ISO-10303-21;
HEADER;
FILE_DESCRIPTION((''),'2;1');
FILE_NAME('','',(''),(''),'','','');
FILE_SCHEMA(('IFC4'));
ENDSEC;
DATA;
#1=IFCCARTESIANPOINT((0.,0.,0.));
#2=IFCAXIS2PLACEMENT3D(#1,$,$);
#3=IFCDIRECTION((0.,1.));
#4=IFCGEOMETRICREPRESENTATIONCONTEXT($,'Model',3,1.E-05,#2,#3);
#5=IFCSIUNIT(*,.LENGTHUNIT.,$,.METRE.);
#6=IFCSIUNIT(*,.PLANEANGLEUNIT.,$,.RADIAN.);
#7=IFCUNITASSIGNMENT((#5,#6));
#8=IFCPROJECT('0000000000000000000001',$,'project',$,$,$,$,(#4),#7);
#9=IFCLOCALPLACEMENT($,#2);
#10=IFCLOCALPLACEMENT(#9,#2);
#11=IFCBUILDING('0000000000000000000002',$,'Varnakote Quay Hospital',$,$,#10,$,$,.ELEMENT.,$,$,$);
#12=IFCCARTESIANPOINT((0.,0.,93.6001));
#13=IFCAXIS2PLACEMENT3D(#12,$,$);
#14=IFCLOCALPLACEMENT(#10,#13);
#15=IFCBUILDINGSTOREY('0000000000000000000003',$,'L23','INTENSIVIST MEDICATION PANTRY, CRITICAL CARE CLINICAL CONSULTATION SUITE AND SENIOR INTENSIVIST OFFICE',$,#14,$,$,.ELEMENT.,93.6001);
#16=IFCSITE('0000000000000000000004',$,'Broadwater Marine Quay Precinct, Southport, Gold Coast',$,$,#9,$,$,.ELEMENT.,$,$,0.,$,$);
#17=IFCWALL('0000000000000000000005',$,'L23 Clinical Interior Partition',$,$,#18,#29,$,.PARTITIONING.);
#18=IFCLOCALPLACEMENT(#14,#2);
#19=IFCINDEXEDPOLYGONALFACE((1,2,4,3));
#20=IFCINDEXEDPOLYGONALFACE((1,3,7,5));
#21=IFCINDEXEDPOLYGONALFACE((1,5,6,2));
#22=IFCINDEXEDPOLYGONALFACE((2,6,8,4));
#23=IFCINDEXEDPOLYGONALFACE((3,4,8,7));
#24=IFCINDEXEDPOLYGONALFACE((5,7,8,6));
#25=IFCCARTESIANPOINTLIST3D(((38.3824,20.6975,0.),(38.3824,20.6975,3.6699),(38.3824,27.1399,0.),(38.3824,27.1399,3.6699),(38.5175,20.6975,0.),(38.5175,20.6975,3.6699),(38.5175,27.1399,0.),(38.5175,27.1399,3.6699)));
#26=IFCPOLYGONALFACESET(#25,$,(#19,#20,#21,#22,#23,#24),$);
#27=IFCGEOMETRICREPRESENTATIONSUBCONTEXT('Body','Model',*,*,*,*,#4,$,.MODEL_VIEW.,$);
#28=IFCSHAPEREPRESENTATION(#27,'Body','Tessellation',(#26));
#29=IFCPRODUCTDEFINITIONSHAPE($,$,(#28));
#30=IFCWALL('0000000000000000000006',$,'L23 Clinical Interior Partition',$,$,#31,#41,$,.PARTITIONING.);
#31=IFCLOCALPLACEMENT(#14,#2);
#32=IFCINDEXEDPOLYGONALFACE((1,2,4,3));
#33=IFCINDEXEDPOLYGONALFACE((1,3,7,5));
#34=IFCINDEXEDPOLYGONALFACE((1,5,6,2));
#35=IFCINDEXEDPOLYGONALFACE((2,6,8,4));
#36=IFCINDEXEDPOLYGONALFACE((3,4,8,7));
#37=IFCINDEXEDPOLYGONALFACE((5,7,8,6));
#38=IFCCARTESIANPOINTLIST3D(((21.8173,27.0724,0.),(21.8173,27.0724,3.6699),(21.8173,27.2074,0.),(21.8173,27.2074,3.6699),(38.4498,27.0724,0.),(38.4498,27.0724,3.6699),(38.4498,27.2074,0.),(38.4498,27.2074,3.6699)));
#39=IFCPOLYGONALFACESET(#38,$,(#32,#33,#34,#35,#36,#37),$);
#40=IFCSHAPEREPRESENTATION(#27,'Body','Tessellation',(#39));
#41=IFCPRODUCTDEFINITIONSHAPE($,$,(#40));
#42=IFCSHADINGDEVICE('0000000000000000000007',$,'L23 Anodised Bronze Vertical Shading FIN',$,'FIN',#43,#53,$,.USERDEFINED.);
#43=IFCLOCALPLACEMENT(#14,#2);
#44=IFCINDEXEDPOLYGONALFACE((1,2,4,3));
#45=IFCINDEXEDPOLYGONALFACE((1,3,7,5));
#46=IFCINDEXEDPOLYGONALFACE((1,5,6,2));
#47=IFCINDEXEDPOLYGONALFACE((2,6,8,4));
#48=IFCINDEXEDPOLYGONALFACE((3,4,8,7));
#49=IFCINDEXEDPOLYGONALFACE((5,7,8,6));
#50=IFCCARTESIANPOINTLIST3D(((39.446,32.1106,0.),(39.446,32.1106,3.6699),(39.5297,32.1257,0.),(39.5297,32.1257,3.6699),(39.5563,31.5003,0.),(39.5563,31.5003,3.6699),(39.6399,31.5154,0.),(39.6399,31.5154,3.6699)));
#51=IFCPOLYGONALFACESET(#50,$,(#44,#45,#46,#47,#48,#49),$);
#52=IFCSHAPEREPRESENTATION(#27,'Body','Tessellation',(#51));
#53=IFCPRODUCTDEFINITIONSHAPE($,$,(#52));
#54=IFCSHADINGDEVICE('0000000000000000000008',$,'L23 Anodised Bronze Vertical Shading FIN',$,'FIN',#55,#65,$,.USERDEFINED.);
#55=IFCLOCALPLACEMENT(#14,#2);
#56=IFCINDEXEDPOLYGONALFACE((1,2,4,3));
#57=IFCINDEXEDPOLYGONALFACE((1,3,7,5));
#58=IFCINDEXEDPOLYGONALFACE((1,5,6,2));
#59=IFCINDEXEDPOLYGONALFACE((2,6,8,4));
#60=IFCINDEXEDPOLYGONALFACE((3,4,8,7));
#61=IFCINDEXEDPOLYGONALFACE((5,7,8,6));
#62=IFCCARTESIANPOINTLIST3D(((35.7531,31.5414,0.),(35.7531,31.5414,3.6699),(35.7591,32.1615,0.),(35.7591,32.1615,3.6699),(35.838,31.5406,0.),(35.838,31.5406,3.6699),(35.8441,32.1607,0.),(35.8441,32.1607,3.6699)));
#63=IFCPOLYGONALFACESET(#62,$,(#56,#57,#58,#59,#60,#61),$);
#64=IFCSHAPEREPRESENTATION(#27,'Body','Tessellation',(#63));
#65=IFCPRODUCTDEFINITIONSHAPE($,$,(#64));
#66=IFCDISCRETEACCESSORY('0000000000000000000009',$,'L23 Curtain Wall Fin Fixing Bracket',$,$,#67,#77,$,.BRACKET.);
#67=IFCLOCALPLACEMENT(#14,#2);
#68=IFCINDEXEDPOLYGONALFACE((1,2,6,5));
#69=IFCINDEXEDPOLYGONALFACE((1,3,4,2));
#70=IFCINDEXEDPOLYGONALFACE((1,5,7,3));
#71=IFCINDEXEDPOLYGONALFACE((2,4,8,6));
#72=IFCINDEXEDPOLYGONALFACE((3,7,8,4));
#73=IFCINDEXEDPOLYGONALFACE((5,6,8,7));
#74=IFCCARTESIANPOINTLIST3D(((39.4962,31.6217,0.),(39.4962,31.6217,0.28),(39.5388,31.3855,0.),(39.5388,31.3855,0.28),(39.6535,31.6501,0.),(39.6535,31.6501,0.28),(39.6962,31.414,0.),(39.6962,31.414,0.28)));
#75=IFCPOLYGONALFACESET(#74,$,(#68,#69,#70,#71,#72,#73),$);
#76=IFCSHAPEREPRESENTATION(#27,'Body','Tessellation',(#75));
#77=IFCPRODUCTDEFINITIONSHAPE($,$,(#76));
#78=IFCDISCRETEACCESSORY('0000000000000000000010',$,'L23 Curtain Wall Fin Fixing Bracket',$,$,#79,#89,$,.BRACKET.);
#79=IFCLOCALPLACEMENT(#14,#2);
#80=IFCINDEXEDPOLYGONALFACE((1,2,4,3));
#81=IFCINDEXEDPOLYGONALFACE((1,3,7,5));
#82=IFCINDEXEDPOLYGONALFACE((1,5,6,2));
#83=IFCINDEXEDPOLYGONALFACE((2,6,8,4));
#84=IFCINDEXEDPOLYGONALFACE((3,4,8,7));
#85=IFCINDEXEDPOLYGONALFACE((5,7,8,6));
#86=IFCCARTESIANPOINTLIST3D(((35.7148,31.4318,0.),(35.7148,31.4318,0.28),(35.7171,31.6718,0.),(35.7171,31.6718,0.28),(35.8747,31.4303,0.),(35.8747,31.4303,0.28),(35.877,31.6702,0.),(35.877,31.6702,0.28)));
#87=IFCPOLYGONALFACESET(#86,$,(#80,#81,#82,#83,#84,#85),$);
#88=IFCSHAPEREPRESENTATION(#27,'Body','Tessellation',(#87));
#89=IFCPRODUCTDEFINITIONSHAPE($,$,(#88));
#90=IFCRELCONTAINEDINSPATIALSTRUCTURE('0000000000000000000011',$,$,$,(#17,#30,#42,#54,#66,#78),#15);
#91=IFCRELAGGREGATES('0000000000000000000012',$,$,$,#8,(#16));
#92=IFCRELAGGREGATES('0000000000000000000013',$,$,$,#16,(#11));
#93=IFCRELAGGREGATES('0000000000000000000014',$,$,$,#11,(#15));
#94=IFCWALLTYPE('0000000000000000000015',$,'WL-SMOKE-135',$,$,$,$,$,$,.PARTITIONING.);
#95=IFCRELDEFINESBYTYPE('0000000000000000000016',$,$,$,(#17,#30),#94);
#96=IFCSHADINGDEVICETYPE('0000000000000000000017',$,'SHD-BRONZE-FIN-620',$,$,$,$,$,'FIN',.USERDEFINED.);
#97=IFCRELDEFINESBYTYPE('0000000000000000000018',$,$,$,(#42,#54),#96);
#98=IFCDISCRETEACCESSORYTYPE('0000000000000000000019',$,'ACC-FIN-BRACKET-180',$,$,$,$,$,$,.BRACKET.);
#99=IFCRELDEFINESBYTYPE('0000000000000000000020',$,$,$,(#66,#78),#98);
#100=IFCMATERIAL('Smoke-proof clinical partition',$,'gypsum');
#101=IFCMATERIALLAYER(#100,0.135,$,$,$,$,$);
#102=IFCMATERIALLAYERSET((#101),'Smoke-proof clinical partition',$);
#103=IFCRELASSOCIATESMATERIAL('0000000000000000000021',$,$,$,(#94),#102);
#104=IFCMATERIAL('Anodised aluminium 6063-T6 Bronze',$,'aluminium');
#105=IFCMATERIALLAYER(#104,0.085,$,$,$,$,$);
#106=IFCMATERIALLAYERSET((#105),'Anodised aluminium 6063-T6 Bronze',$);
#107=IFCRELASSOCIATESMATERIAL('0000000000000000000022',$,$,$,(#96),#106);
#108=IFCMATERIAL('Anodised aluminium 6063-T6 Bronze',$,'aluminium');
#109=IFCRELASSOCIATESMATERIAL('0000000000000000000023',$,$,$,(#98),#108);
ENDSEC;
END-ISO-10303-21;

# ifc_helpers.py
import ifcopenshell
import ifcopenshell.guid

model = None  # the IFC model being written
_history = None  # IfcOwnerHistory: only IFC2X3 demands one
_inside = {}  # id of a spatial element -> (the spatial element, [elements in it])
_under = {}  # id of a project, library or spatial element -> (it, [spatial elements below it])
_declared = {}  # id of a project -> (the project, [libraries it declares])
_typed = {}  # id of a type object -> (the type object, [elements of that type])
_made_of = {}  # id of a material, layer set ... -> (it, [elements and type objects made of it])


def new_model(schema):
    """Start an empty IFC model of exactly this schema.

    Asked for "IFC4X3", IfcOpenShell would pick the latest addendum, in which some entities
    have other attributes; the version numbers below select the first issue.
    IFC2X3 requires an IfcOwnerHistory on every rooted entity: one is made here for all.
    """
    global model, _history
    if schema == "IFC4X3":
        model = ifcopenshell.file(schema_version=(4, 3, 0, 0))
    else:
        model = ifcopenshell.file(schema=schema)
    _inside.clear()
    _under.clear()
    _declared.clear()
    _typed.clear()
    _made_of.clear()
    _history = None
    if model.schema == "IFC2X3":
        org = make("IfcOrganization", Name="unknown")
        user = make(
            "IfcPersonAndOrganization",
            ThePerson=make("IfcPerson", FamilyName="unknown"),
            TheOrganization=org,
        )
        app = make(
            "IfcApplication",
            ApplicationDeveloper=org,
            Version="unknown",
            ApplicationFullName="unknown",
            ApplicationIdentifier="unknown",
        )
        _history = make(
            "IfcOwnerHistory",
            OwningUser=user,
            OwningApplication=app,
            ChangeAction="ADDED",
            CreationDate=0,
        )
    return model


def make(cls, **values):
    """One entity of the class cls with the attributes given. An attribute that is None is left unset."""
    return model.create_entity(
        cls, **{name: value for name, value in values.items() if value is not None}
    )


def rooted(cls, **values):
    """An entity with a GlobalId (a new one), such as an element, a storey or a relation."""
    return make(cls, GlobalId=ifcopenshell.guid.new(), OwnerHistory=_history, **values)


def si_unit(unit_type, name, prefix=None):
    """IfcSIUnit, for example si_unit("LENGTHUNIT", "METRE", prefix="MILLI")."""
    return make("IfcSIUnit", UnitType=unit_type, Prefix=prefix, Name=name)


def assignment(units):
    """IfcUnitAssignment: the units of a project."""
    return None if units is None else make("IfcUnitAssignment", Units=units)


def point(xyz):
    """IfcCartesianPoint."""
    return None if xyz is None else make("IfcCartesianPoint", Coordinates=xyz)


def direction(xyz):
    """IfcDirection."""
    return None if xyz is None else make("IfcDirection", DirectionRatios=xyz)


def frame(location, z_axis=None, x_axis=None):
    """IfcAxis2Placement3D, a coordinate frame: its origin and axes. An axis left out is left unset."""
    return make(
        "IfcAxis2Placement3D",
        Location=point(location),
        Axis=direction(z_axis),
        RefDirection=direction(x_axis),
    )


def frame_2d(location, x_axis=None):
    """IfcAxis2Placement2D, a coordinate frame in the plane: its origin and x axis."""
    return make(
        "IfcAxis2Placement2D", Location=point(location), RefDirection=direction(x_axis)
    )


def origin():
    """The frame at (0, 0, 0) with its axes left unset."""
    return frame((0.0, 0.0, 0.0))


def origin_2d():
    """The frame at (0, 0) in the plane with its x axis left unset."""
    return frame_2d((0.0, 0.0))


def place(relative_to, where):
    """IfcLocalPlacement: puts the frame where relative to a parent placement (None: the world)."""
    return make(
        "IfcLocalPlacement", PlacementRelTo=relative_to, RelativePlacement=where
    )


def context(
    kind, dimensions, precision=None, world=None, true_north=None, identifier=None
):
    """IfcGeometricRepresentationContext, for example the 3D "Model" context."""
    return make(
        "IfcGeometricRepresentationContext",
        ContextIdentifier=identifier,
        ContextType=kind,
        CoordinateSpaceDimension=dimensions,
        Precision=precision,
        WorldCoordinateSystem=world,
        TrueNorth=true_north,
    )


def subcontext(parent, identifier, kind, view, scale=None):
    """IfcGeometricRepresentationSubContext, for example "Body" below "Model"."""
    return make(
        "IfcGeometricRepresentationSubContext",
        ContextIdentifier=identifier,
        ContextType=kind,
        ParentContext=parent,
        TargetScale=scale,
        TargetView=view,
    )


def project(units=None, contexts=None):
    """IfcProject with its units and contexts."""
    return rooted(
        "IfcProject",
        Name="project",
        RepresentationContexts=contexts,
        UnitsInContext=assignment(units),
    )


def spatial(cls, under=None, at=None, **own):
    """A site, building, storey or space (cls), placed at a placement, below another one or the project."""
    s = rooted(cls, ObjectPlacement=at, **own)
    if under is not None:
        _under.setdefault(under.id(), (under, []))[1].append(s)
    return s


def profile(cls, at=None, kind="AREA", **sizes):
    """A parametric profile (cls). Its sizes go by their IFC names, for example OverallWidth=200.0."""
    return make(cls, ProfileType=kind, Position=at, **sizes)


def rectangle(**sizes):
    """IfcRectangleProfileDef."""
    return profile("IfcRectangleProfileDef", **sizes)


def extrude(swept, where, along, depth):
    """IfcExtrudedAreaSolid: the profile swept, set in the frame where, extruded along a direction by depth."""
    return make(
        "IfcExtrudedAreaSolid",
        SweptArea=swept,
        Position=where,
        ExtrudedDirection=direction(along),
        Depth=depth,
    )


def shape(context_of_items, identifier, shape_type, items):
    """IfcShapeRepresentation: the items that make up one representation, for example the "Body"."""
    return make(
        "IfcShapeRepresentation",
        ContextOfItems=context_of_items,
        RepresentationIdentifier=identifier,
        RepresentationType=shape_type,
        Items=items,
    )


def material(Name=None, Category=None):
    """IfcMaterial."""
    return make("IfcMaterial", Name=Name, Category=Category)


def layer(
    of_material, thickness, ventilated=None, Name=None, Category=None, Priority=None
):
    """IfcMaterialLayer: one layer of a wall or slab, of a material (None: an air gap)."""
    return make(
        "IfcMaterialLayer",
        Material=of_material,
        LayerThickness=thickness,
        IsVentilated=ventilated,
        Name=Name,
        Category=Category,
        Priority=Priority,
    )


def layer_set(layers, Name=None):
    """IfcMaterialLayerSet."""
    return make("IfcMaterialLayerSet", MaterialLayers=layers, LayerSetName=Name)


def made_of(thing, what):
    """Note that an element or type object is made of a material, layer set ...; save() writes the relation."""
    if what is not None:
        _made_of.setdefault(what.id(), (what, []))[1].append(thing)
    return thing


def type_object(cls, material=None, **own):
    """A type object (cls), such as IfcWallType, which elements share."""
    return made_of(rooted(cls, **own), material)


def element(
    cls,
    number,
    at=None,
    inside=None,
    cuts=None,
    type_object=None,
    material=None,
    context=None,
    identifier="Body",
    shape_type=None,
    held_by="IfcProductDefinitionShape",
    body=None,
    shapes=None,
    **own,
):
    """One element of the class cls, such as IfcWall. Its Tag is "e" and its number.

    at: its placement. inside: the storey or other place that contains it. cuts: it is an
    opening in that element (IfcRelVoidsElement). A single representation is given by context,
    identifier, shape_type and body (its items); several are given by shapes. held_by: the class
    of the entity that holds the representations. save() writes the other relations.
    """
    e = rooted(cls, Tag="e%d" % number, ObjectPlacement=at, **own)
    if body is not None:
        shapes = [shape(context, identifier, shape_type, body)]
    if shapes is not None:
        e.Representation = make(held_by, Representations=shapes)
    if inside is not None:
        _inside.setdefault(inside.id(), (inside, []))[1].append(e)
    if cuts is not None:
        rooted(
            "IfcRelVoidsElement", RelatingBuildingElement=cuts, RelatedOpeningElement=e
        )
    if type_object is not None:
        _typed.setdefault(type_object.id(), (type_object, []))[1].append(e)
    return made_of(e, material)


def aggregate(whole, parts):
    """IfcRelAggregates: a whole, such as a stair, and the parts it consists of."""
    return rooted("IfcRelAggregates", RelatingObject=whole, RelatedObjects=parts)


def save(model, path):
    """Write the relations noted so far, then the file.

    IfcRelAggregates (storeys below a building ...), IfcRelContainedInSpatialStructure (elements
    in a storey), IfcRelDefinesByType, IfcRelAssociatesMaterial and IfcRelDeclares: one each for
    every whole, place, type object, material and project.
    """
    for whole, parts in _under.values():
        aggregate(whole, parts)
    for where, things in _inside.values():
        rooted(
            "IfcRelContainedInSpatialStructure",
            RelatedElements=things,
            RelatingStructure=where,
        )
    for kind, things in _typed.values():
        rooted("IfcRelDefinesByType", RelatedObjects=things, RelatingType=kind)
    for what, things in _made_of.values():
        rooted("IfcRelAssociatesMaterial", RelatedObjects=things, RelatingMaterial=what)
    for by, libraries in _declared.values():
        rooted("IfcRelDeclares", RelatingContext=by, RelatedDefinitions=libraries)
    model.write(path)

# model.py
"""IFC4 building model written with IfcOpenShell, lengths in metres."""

from ifc_helpers import new_model, si_unit, direction, frame, frame_2d, origin, origin_2d, place, context, subcontext, project, spatial, rectangle, extrude, material, layer, layer_set, type_object, element, save


model = new_model("IFC4")

# Units and contexts
model_context = context("Model", 3, precision=1e-05, world=origin(), true_north=direction((0.0, 1.0)))
body_context = subcontext(model_context, "Body", "Model", "MODEL_VIEW")
ifc_project = project(units=[si_unit("LENGTHUNIT", "METRE"), si_unit("PLANEANGLEUNIT", "RADIAN")], contexts=[model_context])

# Site, building, storey
site_placement = place(None, origin())
site = spatial("IfcSite", under=ifc_project, at=site_placement, Name="Broadwater Marine Quay Precinct, Southport, Gold Coast", CompositionType="ELEMENT", RefElevation=0.0)
building_placement = place(site_placement, origin())
building = spatial("IfcBuilding", under=site, at=building_placement, Name="Varnakote Quay Hospital", CompositionType="ELEMENT")
storey_placement = place(building_placement, frame((0.0, 0.0, 93.6001)))
storey = spatial("IfcBuildingStorey", under=building, at=storey_placement, Name="L23", Description="INTENSIVIST MEDICATION PANTRY, CRITICAL CARE CLINICAL CONSULTATION SUITE AND SENIOR INTENSIVIST OFFICE", CompositionType="ELEMENT", Elevation=93.6001)

# Walls
ifc_material_1 = material(Name="Smoke-proof clinical partition", Category="gypsum")
ifc_layer_1 = layer(ifc_material_1, 0.135)
ifc_layer_set_1 = layer_set([ifc_layer_1], Name="Smoke-proof clinical partition")
wall_type = type_object("IfcWallType", Name="WL-SMOKE-135", PredefinedType="PARTITIONING", material=ifc_layer_set_1)
wall_1_placement = place(storey_placement, frame((38.45, 20.6975, 0.0), z_axis=(0.0, 0.0, 1.0), x_axis=(0.0, 1.0, 0.0)))
element("IfcWall", 1, at=wall_1_placement, inside=storey, type_object=wall_type, Name="L23 Clinical Interior Partition", PredefinedType="PARTITIONING", context=body_context, shape_type="SweptSolid", body=[
    extrude(rectangle(XDim=6.4424, YDim=0.135, at=frame_2d((3.2212, 0.0))), origin(), (0.0, 0.0, 1.0), 3.6699),
])
wall_2_placement = place(storey_placement, frame((38.45, 27.1399, 0.0), z_axis=(0.0, 0.0, 1.0), x_axis=(-1.0, 0.0, 0.0)))
element("IfcWall", 2, at=wall_2_placement, inside=storey, type_object=wall_type, Name="L23 Clinical Interior Partition", PredefinedType="PARTITIONING", context=body_context, shape_type="SweptSolid", body=[
    extrude(rectangle(XDim=16.6326, YDim=0.135, at=frame_2d((8.3164, 0.0))), origin(), (0.0, 0.0, 1.0), 3.6699),
])

# Shading devices
ifc_material_2 = material(Name="Anodised aluminium 6063-T6 Bronze", Category="aluminium")
ifc_layer_2 = layer(ifc_material_2, 0.085)
ifc_layer_set_2 = layer_set([ifc_layer_2], Name="Anodised aluminium 6063-T6 Bronze")
shading_device_type = type_object("IfcShadingDeviceType", Name="SHD-BRONZE-FIN-620", ElementType="FIN", PredefinedType="USERDEFINED", material=ifc_layer_set_2)
for number, where, z_axis, x_axis, name in (
    (3, (39.543, 31.813, 0.0), (0.0, 0.0, 1.0), (0.177772, -0.984072, 0.0), "L23 Anodised Bronze Vertical Shading FIN"),
    (4, (35.7986, 31.8511, 0.0), (0.0, 0.0, 1.0), (-0.009774, -0.999952, 0.0), "L23 Anodised Bronze Vertical Shading FIN"),
):
    element("IfcShadingDevice", number, at=place(storey_placement, frame(where, z_axis=z_axis, x_axis=x_axis)), inside=storey, type_object=shading_device_type, Name=name, ObjectType="FIN", PredefinedType="USERDEFINED", context=body_context, shape_type="SweptSolid", body=[
        extrude(rectangle(XDim=0.6201, YDim=0.085, at=origin_2d()), origin(), (0.0, 0.0, 1.0), 3.6699),
    ])

# Discrete accessories
ifc_material_3 = material(Name="Anodised aluminium 6063-T6 Bronze", Category="aluminium")
discrete_accessory_type = type_object("IfcDiscreteAccessoryType", Name="ACC-FIN-BRACKET-180", PredefinedType="BRACKET", material=ifc_material_3)
for number, where, z_axis, x_axis, name in (
    (5, (39.5962, 31.5178, 0.0), (0.0, 0.0, 1.0), (-0.984072, -0.177772, 0.0), "L23 Curtain Wall Fin Fixing Bracket"),
    (6, (35.7959, 31.551, 0.0), (0.0, 0.0, 1.0), (-0.999952, 0.009774, 0.0), "L23 Curtain Wall Fin Fixing Bracket"),
):
    element("IfcDiscreteAccessory", number, at=place(storey_placement, frame(where, z_axis=z_axis, x_axis=x_axis)), inside=storey, type_object=discrete_accessory_type, Name=name, PredefinedType="BRACKET", context=body_context, shape_type="SweptSolid", body=[
        extrude(rectangle(XDim=0.1599, YDim=0.24, at=origin_2d()), origin(), (0.0, 0.0, 1.0), 0.28),
    ])

save(model, "model.ifc")
